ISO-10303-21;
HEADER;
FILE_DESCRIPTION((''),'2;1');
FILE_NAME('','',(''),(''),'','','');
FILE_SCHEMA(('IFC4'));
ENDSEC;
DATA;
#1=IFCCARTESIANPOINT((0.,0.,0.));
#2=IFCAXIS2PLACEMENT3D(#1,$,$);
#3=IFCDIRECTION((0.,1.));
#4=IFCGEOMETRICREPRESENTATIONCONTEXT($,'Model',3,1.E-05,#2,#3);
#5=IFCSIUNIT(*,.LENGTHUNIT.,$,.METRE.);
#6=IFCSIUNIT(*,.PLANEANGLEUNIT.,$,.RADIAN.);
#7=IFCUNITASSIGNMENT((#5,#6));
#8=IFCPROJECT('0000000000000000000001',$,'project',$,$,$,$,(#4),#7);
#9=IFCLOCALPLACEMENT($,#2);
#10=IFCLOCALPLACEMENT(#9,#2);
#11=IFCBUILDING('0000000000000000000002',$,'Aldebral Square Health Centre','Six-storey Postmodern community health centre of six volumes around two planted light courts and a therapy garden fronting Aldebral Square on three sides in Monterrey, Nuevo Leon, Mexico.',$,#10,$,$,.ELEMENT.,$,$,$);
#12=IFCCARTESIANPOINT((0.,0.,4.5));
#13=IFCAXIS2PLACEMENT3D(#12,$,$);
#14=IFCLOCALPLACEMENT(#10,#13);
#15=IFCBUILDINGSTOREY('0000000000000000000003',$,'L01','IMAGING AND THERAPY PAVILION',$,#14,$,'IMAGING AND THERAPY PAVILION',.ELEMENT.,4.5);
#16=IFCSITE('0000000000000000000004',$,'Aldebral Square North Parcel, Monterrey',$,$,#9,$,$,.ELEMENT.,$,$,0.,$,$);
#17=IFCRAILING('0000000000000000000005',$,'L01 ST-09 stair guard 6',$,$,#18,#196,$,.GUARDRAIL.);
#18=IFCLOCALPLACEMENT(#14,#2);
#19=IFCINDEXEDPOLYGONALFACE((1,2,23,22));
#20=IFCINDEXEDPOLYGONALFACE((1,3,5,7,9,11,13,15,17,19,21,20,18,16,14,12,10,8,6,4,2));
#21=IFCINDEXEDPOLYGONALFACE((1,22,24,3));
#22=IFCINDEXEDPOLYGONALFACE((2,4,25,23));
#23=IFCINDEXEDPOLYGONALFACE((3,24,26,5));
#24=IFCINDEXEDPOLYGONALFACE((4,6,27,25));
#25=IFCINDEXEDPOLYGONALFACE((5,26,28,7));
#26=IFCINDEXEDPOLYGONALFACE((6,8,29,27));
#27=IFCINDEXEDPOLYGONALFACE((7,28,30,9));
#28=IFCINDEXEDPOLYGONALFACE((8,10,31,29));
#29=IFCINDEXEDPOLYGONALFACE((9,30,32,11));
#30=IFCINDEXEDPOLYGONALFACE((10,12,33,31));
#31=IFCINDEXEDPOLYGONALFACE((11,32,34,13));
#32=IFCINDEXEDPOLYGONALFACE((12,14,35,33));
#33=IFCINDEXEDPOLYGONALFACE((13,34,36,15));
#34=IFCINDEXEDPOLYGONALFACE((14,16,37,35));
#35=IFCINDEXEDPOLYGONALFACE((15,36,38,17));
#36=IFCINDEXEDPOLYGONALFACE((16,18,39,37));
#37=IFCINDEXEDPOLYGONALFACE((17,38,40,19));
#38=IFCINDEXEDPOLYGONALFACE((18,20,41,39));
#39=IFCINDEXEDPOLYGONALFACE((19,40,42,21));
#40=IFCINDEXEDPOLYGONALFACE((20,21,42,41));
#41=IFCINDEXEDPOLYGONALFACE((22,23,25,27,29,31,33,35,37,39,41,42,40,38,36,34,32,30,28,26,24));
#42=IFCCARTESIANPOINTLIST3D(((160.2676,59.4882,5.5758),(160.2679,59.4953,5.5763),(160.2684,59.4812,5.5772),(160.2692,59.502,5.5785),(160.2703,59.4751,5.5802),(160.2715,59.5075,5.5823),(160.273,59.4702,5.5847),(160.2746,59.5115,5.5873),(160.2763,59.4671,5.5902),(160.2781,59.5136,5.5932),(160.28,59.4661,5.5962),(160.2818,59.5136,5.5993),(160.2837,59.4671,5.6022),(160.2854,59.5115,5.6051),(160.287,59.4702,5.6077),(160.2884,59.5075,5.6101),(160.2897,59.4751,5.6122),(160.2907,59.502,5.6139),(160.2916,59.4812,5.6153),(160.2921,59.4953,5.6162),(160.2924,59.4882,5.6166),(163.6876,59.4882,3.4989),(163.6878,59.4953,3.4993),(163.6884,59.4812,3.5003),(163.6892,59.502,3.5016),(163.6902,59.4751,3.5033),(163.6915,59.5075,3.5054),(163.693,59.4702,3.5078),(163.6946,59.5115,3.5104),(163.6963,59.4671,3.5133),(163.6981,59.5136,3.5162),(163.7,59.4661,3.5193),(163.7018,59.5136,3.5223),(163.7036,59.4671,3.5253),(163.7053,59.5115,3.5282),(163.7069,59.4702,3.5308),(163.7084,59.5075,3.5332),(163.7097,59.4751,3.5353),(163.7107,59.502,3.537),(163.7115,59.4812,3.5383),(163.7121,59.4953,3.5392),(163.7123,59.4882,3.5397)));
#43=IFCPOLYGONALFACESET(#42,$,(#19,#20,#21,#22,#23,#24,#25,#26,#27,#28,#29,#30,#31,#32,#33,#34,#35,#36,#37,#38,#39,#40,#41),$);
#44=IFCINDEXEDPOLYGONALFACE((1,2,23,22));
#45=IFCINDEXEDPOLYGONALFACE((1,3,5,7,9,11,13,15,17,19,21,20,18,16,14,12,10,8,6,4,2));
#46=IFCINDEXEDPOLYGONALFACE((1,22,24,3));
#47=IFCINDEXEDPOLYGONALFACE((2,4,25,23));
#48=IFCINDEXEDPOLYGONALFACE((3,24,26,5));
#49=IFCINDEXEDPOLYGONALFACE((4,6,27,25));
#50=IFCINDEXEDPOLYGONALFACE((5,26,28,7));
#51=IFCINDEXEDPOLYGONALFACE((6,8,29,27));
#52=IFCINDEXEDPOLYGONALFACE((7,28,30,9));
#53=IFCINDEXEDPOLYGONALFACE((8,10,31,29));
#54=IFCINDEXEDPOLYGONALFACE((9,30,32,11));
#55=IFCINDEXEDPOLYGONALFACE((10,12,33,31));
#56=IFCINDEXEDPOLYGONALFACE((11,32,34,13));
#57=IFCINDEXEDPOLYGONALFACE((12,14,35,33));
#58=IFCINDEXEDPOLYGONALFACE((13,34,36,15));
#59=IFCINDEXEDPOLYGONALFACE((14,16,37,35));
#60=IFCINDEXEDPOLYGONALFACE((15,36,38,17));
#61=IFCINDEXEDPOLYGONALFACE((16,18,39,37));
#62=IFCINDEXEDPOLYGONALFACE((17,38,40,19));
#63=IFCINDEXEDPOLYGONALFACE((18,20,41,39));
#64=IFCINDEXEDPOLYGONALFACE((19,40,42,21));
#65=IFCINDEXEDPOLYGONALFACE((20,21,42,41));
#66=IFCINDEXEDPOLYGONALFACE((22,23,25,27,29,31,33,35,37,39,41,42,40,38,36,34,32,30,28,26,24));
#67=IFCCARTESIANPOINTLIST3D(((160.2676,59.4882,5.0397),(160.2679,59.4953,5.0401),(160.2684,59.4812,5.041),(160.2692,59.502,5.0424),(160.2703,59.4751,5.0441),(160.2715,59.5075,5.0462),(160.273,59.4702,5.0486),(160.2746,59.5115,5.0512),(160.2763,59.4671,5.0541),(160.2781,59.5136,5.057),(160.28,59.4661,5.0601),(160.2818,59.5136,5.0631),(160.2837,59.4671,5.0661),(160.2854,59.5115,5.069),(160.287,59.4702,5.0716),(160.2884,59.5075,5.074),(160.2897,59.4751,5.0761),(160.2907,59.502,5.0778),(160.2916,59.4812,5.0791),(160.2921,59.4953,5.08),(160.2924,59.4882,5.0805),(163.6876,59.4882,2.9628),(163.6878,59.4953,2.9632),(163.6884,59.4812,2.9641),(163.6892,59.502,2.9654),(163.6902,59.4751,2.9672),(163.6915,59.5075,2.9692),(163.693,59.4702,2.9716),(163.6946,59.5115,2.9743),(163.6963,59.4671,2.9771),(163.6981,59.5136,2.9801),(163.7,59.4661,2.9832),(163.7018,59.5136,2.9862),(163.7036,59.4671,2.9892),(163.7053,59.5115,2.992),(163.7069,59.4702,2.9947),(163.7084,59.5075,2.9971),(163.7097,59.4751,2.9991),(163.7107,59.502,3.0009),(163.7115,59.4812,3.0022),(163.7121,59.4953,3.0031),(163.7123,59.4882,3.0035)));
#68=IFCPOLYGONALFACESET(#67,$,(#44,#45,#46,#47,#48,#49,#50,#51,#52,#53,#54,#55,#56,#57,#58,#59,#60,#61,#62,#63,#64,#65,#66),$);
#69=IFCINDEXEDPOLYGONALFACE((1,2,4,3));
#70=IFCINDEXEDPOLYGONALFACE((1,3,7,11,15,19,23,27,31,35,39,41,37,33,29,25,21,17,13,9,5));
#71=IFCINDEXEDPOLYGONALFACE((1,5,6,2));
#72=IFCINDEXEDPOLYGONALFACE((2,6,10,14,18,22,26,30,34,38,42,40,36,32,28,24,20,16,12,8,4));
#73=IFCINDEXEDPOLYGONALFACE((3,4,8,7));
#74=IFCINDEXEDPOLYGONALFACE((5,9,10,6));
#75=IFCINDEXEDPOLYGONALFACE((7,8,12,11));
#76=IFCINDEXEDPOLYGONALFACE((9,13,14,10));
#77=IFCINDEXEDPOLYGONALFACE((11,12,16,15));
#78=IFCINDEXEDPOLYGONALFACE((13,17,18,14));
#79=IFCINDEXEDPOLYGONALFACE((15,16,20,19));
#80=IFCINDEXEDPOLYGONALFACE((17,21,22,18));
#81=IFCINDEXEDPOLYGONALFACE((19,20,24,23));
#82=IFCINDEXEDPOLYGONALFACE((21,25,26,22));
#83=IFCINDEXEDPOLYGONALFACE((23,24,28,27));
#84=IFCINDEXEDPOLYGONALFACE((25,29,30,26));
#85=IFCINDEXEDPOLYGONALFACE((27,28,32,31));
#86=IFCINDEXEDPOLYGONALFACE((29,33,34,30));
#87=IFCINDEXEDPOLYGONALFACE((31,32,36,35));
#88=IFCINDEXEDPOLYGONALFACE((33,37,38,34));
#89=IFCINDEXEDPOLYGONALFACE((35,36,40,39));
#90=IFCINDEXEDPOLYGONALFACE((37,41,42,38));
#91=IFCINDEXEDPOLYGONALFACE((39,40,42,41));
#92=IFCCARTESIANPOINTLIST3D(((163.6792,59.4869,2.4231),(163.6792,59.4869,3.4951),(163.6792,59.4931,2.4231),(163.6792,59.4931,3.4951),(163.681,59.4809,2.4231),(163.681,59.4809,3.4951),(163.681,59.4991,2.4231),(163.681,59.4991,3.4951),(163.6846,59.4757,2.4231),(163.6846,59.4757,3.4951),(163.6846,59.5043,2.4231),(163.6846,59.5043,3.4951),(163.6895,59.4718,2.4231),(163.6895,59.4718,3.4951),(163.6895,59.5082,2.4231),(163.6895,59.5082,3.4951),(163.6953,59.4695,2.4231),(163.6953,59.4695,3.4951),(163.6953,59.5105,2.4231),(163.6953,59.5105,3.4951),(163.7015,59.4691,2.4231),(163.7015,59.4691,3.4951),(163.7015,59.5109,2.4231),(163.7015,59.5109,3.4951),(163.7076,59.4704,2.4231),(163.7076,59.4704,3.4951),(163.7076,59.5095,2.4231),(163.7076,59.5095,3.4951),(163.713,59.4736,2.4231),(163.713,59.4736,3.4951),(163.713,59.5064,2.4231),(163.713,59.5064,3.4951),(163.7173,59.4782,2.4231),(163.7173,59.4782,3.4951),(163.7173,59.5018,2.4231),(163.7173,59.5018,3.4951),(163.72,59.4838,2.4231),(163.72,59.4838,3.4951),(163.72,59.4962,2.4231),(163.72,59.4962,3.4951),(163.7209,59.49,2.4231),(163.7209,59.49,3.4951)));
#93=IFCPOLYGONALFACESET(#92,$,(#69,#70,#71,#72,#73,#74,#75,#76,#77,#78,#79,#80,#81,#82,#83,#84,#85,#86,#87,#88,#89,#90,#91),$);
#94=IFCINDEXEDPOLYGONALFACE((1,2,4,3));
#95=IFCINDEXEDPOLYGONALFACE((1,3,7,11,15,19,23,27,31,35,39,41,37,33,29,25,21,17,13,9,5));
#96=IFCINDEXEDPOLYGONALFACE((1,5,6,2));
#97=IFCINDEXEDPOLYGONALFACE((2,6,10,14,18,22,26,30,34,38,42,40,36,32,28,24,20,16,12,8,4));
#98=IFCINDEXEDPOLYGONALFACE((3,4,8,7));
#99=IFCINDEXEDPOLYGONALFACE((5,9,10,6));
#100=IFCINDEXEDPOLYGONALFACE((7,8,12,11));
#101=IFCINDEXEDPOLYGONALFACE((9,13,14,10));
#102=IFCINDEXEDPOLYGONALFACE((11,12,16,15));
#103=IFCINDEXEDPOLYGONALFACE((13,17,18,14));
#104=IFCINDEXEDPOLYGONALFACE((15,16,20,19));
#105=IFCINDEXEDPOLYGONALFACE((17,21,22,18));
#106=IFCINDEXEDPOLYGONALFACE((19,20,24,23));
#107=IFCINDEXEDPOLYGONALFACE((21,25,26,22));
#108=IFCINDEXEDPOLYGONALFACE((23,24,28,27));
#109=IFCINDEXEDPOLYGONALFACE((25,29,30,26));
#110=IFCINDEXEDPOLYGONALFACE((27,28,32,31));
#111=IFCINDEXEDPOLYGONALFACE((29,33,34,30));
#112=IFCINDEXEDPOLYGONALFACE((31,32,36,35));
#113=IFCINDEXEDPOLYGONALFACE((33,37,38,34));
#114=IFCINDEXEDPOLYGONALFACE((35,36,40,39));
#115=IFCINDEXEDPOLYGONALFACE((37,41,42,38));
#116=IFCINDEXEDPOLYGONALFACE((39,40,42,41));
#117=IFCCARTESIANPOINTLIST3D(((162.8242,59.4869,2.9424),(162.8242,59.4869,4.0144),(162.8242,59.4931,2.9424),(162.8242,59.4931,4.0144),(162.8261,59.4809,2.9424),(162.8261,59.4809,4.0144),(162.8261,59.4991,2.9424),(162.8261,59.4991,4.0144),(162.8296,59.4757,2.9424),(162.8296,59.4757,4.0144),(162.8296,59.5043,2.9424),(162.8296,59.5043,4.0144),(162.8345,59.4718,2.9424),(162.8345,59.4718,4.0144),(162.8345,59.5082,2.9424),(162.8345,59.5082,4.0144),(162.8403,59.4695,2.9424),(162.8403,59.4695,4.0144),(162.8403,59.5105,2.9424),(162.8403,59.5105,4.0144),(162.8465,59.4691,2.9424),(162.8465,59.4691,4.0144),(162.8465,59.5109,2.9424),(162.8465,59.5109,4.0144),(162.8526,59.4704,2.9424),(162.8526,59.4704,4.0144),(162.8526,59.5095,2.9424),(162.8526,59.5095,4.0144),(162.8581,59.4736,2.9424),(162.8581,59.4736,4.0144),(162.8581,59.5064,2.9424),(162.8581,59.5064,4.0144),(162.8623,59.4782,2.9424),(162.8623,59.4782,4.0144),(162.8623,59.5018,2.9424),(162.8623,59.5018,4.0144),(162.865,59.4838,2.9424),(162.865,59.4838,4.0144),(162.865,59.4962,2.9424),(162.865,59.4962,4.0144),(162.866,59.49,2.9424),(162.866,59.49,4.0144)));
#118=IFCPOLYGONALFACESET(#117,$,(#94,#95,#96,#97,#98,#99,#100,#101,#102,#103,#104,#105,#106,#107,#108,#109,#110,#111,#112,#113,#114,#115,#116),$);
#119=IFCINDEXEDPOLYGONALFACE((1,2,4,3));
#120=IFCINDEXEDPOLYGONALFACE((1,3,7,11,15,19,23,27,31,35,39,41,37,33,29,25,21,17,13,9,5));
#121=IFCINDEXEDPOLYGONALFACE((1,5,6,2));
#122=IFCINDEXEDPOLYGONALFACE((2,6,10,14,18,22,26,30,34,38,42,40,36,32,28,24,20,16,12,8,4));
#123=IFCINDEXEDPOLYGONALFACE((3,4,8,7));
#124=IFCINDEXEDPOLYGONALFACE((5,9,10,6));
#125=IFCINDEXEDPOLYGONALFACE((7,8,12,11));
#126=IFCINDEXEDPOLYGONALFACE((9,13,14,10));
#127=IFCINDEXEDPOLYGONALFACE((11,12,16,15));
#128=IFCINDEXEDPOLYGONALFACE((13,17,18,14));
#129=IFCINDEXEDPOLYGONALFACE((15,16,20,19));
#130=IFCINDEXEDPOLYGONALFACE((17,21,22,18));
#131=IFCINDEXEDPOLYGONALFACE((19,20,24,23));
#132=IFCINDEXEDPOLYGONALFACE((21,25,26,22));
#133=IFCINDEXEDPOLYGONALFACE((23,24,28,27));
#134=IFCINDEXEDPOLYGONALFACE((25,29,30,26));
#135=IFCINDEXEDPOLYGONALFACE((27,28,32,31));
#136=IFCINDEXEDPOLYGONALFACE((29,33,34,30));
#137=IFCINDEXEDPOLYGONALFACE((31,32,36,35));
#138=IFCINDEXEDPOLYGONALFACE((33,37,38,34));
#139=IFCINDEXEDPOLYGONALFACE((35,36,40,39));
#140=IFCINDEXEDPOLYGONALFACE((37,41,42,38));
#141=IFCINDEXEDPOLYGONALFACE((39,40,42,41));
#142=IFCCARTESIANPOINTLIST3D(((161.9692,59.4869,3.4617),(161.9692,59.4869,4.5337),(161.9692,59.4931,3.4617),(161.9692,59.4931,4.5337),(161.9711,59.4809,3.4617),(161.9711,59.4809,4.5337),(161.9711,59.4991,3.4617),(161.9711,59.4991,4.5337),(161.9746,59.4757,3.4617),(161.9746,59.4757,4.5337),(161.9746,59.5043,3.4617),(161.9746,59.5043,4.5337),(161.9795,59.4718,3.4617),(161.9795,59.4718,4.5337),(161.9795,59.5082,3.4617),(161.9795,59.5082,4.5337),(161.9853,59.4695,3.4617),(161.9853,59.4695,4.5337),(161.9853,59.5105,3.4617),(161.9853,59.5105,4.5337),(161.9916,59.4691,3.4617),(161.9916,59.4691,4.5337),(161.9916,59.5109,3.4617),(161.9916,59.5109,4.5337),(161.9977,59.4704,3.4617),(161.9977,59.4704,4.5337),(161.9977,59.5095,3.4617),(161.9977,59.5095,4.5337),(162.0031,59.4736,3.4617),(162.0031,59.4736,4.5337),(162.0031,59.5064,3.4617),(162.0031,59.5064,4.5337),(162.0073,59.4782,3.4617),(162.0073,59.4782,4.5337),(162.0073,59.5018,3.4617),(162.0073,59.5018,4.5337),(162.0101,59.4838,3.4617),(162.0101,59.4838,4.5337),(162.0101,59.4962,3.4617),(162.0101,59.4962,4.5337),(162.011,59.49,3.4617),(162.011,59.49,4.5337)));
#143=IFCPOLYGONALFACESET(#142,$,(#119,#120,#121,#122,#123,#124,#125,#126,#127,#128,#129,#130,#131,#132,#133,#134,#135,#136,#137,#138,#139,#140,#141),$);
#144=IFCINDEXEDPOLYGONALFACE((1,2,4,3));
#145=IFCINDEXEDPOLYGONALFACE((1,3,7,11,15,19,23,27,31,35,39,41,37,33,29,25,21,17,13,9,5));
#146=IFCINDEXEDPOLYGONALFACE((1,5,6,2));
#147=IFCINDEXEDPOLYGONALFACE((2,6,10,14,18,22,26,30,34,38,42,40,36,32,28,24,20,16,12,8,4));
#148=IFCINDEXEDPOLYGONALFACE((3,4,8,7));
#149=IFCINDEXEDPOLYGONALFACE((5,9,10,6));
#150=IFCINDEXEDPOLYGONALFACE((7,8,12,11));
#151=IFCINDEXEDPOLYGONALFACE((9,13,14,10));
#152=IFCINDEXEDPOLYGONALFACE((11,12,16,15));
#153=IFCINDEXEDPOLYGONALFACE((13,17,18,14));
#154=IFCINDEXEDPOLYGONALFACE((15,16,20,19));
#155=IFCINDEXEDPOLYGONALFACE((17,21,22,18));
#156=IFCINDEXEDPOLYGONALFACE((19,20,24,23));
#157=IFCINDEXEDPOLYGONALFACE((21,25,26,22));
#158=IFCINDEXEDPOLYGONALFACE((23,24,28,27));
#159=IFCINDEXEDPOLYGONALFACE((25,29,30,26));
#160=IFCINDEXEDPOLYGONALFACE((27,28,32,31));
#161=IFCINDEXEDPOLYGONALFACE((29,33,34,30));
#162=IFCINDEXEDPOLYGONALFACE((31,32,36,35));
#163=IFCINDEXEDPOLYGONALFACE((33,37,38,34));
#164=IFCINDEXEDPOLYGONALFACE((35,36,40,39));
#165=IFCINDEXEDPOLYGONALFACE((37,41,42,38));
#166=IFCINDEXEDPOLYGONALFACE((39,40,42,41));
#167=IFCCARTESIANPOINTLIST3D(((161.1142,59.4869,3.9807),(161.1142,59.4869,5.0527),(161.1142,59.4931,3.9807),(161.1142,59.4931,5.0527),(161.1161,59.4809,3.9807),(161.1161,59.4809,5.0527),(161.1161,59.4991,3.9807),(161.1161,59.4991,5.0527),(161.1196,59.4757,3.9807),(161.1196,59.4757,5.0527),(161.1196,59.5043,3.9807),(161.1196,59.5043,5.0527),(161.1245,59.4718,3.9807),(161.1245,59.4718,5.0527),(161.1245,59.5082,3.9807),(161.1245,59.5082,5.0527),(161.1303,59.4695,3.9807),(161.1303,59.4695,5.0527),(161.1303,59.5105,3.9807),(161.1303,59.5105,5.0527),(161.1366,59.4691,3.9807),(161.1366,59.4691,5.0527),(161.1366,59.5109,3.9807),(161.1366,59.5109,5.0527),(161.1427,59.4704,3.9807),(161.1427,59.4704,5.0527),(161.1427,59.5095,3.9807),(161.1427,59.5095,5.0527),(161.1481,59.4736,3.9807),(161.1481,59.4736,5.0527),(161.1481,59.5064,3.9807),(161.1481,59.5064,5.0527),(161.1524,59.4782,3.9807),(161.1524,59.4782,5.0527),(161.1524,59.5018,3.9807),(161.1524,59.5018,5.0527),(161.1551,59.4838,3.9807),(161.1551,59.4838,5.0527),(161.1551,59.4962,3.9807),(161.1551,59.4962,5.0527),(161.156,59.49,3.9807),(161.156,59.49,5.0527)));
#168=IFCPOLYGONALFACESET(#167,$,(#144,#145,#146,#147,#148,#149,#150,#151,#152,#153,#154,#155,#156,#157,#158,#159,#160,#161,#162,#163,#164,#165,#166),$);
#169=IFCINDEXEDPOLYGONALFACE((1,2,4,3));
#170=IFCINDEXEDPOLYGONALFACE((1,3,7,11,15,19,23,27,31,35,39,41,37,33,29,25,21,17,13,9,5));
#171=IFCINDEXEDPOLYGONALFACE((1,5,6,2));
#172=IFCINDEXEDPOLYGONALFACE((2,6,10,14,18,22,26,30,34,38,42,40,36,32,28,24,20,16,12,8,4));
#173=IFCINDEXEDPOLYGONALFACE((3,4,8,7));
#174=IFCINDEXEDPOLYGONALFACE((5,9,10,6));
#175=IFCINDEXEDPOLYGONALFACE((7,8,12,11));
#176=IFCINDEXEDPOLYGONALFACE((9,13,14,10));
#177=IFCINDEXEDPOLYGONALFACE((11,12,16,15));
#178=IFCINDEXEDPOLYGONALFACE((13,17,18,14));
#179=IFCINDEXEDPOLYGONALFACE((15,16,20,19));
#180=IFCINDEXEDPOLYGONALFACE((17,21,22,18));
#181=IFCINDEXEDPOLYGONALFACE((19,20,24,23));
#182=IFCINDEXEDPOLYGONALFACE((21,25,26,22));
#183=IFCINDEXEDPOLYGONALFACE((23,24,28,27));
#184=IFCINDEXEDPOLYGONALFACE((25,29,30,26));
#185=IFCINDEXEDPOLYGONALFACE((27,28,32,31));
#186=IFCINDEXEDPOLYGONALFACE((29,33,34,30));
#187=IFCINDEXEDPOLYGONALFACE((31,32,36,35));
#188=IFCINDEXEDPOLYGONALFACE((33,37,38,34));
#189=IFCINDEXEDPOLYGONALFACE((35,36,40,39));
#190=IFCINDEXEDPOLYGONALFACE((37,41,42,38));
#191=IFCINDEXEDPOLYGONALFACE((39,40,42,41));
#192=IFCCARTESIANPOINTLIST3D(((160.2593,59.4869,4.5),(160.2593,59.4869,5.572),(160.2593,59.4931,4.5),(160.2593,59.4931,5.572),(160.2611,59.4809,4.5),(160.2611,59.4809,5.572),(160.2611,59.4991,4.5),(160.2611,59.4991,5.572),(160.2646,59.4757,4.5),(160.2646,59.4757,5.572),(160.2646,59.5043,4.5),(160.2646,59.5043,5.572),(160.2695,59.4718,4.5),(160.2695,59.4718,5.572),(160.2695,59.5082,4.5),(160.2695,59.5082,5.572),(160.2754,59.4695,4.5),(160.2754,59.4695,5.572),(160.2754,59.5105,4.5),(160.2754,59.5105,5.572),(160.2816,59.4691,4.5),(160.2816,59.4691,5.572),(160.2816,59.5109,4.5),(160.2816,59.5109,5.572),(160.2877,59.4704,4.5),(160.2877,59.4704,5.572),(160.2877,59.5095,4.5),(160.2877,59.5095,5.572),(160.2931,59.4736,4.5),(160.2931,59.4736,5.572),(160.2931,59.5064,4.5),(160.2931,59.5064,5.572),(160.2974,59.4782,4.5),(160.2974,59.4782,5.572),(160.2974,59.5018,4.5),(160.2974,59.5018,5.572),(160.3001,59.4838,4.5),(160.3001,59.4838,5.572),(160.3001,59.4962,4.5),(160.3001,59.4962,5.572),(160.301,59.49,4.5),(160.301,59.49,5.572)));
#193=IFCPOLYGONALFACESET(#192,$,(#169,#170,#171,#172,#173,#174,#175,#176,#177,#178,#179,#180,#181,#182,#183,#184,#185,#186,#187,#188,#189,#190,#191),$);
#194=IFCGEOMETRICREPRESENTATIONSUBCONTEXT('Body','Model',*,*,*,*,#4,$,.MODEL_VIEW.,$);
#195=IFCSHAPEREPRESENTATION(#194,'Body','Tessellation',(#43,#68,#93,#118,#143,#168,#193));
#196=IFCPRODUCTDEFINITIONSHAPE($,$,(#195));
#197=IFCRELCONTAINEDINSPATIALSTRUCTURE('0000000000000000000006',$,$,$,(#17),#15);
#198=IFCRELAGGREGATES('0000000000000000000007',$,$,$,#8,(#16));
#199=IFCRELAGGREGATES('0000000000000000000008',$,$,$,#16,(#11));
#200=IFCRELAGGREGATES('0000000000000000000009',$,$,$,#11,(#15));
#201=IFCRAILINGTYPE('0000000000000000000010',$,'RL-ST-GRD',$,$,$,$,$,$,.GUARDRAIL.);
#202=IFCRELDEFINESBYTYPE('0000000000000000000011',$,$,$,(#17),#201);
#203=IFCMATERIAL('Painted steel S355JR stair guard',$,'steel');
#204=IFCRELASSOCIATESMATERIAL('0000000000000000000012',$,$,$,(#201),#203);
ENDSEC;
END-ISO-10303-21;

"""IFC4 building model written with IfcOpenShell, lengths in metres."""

from ifc_helpers import new_model, si_unit, direction, frame, origin, origin_2d, place, context, subcontext, project, spatial, circle, extrude, material, type_object, element, save


model = new_model("IFC4")

# Units and contexts
model_context = context("Model", 3, precision=1e-05, world=origin(), true_north=direction((0.0, 1.0)))
body_context = subcontext(model_context, "Body", "Model", "MODEL_VIEW")
ifc_project = project(units=[si_unit("LENGTHUNIT", "METRE"), si_unit("PLANEANGLEUNIT", "RADIAN")], contexts=[model_context])

# Site, building, storey
site_placement = place(None, origin())
site = spatial("IfcSite", under=ifc_project, at=site_placement, Name="Aldebral Square North Parcel, Monterrey", CompositionType="ELEMENT", RefElevation=0.0)
building_placement = place(site_placement, origin())
building = spatial("IfcBuilding", under=site, at=building_placement, Name="Aldebral Square Health Centre", Description="Six-storey Postmodern community health centre of six volumes around two planted light courts and a therapy garden fronting Aldebral Square on three sides in Monterrey, Nuevo Leon, Mexico.", CompositionType="ELEMENT")
storey_placement = place(building_placement, frame((0.0, 0.0, 4.5)))
storey = spatial("IfcBuildingStorey", under=building, at=storey_placement, Name="L01", Description="IMAGING AND THERAPY PAVILION", LongName="IMAGING AND THERAPY PAVILION", CompositionType="ELEMENT", Elevation=4.5)

# Railing
ifc_material_1 = material(Name="Painted steel S355JR stair guard", Category="steel")
railing_type_1 = type_object("IfcRailingType", Name="RL-ST-GRD", PredefinedType="GUARDRAIL", material=ifc_material_1)
railing_1_placement = place(storey_placement, frame((163.7, 59.49, 2.4231)))
element("IfcRailing", 1, at=railing_1_placement, inside=storey, type_object=railing_type_1, Name="L01 ST-09 stair guard 6", PredefinedType="GUARDRAIL", context=body_context, shape_type="SweptSolid", body=[
    extrude(circle(Radius=0.0239, at=origin_2d()), frame((0.0, 0.0, 1.0962), z_axis=(-0.85473, 0.0, 0.519074), x_axis=(0.0, -1.0, 0.0)), (0.0, 0.0, 1.0), 4.0012),
    extrude(circle(Radius=0.0239, at=origin_2d()), frame((0.0, 0.0, 0.5601), z_axis=(-0.85473, 0.0, 0.519074), x_axis=(0.0, -1.0, 0.0)), (0.0, 0.0, 1.0), 4.0012),
    extrude(circle(Radius=0.021, at=origin_2d()), origin(), (0.0, 0.0, 1.0), 1.072),
    extrude(circle(Radius=0.021, at=origin_2d()), frame((-0.855, 0.0, 0.5193)), (0.0, 0.0, 1.0), 1.072),
    extrude(circle(Radius=0.021, at=origin_2d()), frame((-1.71, 0.0, 1.0386)), (0.0, 0.0, 1.0), 1.072),
    extrude(circle(Radius=0.021, at=origin_2d()), frame((-2.5649, 0.0, 1.5576)), (0.0, 0.0, 1.0), 1.072),
    extrude(circle(Radius=0.021, at=origin_2d()), frame((-3.4199, 0.0, 2.0769)), (0.0, 0.0, 1.0), 1.072),
])

save(model, "model.ifc")
